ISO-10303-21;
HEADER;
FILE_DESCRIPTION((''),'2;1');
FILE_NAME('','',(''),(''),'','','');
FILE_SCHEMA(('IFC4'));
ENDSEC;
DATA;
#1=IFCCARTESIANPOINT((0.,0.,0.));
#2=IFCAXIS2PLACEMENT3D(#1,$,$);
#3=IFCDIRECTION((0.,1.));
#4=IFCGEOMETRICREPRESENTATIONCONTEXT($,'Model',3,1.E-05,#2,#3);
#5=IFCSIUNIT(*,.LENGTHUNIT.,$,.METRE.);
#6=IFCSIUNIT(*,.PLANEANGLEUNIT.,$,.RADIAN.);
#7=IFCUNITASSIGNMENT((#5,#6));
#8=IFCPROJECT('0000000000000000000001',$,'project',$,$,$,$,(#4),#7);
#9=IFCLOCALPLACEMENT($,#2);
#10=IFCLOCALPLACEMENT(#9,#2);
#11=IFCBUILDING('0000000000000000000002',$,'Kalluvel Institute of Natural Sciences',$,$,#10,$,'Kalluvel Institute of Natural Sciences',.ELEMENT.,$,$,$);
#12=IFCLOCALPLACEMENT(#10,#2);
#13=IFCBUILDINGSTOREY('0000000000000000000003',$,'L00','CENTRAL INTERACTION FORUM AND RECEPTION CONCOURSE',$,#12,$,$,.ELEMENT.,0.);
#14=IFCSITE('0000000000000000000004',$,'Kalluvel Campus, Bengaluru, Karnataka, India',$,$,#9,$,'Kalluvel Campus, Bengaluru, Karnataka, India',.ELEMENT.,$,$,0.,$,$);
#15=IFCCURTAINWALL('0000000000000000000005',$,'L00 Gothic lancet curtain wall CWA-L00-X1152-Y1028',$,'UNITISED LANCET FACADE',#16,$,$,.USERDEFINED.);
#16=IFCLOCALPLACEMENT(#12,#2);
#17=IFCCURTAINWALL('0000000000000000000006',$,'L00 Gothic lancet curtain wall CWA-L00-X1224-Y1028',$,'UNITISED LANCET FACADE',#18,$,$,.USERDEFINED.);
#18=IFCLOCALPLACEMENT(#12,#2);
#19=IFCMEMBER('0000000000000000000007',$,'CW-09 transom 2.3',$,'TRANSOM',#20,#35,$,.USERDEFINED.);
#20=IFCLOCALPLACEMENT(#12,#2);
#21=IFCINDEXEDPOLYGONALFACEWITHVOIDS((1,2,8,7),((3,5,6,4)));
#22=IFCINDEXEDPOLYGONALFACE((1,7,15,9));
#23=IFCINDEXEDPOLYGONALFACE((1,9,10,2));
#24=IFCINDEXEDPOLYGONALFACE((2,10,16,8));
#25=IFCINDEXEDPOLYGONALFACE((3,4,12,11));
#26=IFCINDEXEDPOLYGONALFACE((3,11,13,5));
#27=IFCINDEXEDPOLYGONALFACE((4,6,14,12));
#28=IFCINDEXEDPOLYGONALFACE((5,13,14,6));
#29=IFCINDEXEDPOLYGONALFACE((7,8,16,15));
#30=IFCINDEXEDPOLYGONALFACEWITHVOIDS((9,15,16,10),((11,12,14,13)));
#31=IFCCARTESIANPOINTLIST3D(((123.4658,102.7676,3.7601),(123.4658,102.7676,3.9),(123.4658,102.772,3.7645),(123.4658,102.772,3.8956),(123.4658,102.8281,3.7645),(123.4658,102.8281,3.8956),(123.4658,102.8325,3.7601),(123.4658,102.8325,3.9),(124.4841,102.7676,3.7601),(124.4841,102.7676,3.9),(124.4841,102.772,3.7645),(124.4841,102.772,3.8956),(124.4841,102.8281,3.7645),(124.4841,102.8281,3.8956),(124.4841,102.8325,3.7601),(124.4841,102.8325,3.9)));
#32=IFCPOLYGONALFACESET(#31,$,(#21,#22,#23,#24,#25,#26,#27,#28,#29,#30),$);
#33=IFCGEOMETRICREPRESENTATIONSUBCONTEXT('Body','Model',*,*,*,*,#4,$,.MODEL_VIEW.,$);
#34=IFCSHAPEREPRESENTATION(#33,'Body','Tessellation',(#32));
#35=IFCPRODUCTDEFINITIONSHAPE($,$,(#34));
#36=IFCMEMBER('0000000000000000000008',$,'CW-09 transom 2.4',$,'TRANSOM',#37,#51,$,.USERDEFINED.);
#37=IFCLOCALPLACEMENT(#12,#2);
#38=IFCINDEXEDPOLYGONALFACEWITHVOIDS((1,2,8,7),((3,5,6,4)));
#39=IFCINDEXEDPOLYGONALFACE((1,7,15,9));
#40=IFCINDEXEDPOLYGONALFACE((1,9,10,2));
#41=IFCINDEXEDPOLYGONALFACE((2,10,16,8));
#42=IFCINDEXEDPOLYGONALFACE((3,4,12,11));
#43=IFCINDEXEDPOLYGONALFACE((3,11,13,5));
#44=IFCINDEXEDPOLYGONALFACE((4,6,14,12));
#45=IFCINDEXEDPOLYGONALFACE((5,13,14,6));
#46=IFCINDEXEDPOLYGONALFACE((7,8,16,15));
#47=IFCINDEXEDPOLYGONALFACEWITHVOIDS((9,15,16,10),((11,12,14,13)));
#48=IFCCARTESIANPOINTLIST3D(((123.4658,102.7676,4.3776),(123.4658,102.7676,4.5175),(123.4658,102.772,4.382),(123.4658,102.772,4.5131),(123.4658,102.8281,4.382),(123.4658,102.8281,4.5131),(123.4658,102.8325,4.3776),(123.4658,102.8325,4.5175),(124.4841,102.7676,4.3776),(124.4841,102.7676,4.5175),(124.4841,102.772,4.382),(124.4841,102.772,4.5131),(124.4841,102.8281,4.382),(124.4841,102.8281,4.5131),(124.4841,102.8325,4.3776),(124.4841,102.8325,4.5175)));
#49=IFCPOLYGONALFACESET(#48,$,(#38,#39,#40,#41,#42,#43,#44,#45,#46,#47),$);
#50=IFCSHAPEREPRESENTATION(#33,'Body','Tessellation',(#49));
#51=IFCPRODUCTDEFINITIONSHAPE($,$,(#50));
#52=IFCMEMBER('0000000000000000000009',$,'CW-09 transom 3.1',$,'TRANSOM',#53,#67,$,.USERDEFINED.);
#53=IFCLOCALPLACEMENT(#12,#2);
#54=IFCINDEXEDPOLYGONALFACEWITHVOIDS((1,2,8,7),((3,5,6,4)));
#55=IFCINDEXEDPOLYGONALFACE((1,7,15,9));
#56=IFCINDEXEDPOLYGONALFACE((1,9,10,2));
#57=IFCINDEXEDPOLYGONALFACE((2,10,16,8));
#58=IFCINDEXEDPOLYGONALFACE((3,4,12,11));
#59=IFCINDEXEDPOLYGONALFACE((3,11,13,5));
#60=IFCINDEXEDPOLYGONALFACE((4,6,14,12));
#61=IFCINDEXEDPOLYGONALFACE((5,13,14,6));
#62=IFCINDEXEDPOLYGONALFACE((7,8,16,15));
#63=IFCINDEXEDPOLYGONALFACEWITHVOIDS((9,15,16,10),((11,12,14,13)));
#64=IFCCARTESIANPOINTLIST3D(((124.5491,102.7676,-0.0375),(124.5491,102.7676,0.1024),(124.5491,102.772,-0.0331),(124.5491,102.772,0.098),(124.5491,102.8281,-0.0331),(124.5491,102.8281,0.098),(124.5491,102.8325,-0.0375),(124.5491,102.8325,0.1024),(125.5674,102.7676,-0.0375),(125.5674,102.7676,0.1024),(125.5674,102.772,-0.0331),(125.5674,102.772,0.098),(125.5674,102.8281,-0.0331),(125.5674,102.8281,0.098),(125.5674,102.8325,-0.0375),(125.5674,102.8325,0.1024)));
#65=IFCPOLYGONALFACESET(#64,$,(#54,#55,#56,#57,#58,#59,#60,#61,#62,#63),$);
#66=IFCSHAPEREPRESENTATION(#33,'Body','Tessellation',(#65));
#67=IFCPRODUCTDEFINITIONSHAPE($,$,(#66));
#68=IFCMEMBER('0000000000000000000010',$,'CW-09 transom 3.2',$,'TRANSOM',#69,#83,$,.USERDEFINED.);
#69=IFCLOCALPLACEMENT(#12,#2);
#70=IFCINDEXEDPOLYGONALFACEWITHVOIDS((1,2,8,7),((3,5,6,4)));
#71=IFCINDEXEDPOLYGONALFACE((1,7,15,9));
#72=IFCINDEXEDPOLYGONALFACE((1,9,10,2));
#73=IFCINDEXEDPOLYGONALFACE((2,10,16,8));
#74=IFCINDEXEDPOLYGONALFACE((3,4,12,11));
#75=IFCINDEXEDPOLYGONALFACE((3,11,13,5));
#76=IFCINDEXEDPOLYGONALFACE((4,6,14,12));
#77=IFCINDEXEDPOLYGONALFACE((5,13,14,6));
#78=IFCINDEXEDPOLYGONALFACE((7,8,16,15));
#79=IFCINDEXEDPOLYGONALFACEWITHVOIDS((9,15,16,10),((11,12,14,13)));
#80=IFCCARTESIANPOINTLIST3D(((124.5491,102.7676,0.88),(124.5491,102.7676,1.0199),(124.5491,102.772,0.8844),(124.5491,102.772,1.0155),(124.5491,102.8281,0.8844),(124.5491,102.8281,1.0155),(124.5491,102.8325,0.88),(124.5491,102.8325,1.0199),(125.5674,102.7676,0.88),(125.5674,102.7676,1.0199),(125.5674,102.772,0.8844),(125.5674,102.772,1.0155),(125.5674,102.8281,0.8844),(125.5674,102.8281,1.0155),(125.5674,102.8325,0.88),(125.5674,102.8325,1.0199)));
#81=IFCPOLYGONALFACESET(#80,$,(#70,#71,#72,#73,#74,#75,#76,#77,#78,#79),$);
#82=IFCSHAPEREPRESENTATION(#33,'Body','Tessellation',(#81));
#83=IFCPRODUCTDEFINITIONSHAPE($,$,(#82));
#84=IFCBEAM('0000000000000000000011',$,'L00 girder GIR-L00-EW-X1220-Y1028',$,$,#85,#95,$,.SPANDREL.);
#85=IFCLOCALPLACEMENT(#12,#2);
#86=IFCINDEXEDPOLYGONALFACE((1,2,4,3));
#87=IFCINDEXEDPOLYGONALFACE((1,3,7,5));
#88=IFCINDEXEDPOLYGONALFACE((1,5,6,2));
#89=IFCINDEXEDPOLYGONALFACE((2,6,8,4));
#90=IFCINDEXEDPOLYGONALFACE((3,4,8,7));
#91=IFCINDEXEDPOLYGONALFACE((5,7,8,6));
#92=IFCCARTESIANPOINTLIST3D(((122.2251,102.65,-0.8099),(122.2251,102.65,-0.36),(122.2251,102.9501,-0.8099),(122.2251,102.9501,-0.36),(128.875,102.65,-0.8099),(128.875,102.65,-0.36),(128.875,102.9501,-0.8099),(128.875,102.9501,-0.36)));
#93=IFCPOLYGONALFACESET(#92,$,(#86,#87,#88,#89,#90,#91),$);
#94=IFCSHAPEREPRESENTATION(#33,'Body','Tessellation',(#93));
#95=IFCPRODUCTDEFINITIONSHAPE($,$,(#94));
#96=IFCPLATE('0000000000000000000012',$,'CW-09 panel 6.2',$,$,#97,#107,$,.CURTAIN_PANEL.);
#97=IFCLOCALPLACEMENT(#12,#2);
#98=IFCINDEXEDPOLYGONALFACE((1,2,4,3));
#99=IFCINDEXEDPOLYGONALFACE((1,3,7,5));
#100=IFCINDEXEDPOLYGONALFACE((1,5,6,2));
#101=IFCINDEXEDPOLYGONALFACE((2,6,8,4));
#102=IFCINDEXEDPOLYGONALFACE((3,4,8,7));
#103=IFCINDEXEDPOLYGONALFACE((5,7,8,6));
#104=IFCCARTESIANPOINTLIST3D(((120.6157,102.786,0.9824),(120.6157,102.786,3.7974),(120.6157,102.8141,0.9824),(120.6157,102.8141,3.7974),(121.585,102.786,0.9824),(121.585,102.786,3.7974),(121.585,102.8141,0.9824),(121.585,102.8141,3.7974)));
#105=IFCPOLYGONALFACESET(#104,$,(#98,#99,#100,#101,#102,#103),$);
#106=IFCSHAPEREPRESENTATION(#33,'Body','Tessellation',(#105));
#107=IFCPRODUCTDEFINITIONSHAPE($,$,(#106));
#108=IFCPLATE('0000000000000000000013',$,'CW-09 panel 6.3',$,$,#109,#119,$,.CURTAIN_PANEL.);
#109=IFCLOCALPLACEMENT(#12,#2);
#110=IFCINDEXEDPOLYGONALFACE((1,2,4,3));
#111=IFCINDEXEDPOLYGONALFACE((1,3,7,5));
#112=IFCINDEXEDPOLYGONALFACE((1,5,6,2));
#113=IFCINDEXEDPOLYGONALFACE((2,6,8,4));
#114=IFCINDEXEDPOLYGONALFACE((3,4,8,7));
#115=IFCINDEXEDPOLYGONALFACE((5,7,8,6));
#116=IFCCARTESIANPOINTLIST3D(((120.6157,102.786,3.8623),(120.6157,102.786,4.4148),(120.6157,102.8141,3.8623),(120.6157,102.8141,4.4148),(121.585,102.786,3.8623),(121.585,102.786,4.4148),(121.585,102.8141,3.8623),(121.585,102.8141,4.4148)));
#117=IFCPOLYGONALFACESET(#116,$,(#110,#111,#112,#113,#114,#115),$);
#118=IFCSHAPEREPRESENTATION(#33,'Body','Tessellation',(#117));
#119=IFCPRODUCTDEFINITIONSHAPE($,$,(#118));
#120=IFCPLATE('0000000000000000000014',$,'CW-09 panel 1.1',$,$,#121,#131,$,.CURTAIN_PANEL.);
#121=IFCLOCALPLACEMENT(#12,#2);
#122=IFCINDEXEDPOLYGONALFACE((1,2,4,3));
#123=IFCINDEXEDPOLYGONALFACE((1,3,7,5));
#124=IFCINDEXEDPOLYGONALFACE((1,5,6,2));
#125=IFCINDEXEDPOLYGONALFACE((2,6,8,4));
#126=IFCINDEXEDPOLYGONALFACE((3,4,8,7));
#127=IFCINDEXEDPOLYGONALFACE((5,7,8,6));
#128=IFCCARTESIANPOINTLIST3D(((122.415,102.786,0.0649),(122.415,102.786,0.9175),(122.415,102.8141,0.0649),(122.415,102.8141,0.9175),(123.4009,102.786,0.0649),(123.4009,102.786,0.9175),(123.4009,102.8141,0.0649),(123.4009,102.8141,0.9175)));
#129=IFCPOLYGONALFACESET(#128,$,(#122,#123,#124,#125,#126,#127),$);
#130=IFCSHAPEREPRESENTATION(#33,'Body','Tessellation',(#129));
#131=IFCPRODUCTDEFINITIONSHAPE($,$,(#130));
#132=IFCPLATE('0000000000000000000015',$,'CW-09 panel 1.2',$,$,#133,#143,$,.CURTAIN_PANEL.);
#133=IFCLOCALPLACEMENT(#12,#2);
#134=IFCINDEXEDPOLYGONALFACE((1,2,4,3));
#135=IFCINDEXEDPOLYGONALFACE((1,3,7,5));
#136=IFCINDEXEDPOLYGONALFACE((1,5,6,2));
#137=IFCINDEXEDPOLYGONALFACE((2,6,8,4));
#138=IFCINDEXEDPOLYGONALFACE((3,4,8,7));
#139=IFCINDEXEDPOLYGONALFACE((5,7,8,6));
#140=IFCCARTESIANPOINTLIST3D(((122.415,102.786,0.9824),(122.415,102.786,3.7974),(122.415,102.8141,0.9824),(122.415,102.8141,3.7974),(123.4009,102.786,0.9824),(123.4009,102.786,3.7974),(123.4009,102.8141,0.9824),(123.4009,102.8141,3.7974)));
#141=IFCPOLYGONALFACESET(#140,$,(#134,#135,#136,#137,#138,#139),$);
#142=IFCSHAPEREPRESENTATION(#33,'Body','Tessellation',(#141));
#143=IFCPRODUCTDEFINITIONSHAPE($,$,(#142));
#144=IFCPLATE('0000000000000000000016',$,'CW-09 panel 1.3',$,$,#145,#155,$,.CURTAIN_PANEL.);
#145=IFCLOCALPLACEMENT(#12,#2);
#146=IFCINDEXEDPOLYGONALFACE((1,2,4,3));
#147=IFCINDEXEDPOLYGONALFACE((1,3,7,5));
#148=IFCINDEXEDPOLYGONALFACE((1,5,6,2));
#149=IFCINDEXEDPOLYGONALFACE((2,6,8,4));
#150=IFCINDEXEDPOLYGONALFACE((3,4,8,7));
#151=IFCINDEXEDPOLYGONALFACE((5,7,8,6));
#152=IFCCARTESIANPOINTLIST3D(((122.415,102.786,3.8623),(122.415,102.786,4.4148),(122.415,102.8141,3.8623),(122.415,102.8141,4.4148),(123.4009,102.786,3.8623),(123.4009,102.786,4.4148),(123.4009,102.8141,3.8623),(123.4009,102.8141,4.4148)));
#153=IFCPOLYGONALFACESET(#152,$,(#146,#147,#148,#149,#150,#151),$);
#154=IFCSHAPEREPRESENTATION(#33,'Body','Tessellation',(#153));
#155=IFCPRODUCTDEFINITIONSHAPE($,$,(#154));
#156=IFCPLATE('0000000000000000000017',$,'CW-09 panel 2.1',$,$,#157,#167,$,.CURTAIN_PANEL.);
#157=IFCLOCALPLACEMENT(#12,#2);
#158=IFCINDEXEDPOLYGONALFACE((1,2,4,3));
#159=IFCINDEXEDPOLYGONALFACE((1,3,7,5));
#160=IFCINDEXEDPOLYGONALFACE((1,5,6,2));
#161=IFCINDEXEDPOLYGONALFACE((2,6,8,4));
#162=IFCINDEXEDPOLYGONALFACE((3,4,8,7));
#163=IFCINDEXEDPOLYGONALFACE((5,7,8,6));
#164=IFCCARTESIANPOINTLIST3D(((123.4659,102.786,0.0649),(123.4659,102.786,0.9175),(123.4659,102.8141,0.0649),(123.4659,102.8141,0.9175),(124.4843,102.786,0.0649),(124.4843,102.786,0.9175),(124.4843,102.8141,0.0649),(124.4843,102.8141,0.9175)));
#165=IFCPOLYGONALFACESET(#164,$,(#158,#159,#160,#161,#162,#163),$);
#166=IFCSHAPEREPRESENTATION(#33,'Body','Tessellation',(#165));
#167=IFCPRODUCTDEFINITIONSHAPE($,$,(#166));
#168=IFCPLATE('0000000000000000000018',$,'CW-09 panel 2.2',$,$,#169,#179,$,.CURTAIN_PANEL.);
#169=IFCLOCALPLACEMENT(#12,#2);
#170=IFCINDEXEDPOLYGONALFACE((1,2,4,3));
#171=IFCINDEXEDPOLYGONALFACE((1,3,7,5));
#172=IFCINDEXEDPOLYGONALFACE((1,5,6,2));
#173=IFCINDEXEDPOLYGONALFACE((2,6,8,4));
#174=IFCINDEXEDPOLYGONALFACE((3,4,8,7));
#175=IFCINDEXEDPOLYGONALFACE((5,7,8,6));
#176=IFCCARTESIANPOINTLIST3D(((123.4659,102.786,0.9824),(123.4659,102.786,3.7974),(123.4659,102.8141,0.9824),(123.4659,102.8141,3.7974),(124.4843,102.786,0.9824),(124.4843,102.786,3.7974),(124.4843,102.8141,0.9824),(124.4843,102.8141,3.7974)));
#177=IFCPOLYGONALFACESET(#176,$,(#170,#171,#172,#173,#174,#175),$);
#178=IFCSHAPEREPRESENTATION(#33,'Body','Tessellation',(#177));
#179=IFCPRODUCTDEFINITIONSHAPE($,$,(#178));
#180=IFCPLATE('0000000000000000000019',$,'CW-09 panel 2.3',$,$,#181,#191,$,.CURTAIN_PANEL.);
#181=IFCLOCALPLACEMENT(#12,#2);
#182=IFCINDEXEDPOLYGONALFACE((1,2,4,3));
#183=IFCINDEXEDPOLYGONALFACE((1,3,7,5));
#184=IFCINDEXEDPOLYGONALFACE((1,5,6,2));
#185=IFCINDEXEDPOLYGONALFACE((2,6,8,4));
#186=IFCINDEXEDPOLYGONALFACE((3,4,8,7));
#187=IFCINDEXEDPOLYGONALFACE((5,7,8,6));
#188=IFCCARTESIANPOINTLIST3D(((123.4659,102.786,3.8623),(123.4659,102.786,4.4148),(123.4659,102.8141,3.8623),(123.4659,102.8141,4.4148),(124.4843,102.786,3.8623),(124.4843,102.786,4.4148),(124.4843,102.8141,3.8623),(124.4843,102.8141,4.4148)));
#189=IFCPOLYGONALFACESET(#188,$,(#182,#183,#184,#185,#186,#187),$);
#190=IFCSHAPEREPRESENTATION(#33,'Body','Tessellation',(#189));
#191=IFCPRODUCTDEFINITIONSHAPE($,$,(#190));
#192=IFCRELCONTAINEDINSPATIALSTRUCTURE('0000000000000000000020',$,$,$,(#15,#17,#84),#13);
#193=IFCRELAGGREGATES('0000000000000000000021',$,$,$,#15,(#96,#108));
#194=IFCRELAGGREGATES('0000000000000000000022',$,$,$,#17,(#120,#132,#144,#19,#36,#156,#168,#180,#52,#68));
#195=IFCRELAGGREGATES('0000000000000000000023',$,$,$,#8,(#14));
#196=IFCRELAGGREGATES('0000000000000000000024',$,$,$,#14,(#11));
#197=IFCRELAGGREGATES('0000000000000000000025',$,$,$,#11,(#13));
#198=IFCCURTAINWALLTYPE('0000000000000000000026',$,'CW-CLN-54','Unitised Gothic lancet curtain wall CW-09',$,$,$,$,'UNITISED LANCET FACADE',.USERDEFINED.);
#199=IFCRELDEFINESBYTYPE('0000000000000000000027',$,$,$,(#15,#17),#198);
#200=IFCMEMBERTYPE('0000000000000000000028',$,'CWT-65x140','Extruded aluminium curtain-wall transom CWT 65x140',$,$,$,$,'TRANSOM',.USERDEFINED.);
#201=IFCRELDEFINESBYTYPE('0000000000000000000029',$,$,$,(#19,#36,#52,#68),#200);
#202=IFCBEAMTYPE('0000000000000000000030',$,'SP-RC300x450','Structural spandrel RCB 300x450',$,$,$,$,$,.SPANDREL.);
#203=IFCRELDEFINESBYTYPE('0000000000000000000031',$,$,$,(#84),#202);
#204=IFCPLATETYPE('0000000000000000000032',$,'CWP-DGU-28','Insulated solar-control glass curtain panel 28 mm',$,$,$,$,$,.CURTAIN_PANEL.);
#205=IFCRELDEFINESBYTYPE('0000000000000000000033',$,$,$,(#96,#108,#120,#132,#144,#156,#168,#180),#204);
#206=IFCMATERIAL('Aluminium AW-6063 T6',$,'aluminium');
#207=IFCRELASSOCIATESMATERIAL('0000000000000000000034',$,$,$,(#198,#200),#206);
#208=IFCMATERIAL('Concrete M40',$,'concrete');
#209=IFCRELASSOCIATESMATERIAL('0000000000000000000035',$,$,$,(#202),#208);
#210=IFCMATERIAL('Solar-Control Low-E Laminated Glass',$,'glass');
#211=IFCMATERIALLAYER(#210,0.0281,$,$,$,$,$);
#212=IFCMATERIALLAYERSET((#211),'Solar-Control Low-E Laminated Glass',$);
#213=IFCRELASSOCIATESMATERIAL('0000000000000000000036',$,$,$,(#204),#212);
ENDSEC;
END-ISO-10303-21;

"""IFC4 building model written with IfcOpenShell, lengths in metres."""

from ifc_helpers import new_model, si_unit, direction, frame, origin, origin_2d, place, context, subcontext, project, spatial, rectangle, hollow_rectangle, extrude, material, layer, layer_set, material_profile, profile_set, type_object, element, aggregate, save


model = new_model("IFC4")

# Units and contexts
model_context = context("Model", 3, precision=1e-05, world=origin(), true_north=direction((0.0, 1.0)))
body_context = subcontext(model_context, "Body", "Model", "MODEL_VIEW")
ifc_project = project(units=[si_unit("LENGTHUNIT", "METRE"), si_unit("PLANEANGLEUNIT", "RADIAN")], contexts=[model_context])

# Site, building, storey
site_placement = place(None, origin())
site = spatial("IfcSite", under=ifc_project, at=site_placement, Name="Kalluvel Campus, Bengaluru, Karnataka, India", LongName="Kalluvel Campus, Bengaluru, Karnataka, India", CompositionType="ELEMENT", RefElevation=0.0)
building_placement = place(site_placement, origin())
building = spatial("IfcBuilding", under=site, at=building_placement, Name="Kalluvel Institute of Natural Sciences", LongName="Kalluvel Institute of Natural Sciences", CompositionType="ELEMENT")
storey_placement = place(building_placement, origin())
storey = spatial("IfcBuildingStorey", under=building, at=storey_placement, Name="L00", Description="CENTRAL INTERACTION FORUM AND RECEPTION CONCOURSE", CompositionType="ELEMENT", Elevation=0.0)

# Shared definitions
ifc_material_1 = material(Name="Concrete M40", Category="concrete")

# Curtain wall
ifc_material_2 = material(Name="Aluminium AW-6063 T6", Category="aluminium")
curtain_wall_type = type_object("IfcCurtainWallType", Name="CW-CLN-54", Description="Unitised Gothic lancet curtain wall CW-09", ElementType="UNITISED LANCET FACADE", PredefinedType="USERDEFINED", material=ifc_material_2)
curtain_wall_1_placement = place(storey_placement, origin())
curtain_wall_1 = element("IfcCurtainWall", 1, at=curtain_wall_1_placement, inside=storey, type_object=curtain_wall_type, Name="L00 Gothic lancet curtain wall CWA-L00-X1152-Y1028", ObjectType="UNITISED LANCET FACADE", PredefinedType="USERDEFINED")

# Curtain wall, members
curtain_wall_2_placement = place(storey_placement, origin())
curtain_wall_2 = element("IfcCurtainWall", 2, at=curtain_wall_2_placement, inside=storey, type_object=curtain_wall_type, Name="L00 Gothic lancet curtain wall CWA-L00-X1224-Y1028", ObjectType="UNITISED LANCET FACADE", PredefinedType="USERDEFINED")
ifc_material_profile_1 = material_profile(ifc_material_2, hollow_rectangle(XDim=0.0649, YDim=0.1399, WallThickness=0.0044, at=origin_2d()), Name="CWT 65x140")
ifc_profile_set_1 = profile_set([ifc_material_profile_1], Name="Aluminium AW-6063 T6")
member_type_1 = type_object("IfcMemberType", Name="CWT-65x140", Description="Extruded aluminium curtain-wall transom CWT 65x140", ElementType="TRANSOM", PredefinedType="USERDEFINED", material=ifc_profile_set_1)
member_1_placement = place(storey_placement, frame((123.4658, 102.8, 3.8301), z_axis=(1.0, 0.0, 0.0), x_axis=(0.0, 1.0, 0.0)))
member_1 = element("IfcMember", 3, at=member_1_placement, type_object=member_type_1, Name="CW-09 transom 2.3", ObjectType="TRANSOM", PredefinedType="USERDEFINED", context=body_context, shape_type="SweptSolid", body=[
    extrude(hollow_rectangle(XDim=0.0649, YDim=0.1399, WallThickness=0.0044, at=origin_2d()), origin(), (0.0, 0.0, 1.0), 1.0183),
])
member_2_placement = place(storey_placement, frame((123.4658, 102.8, 4.4475), z_axis=(1.0, 0.0, 0.0), x_axis=(0.0, 1.0, 0.0)))
member_2 = element("IfcMember", 4, at=member_2_placement, type_object=member_type_1, Name="CW-09 transom 2.4", ObjectType="TRANSOM", PredefinedType="USERDEFINED", context=body_context, shape_type="SweptSolid", body=[
    extrude(hollow_rectangle(XDim=0.0649, YDim=0.1399, WallThickness=0.0044, at=origin_2d()), origin(), (0.0, 0.0, 1.0), 1.0183),
])
member_3_placement = place(storey_placement, frame((124.5491, 102.8, 0.0325), z_axis=(1.0, 0.0, 0.0), x_axis=(0.0, 1.0, 0.0)))
member_3 = element("IfcMember", 5, at=member_3_placement, type_object=member_type_1, Name="CW-09 transom 3.1", ObjectType="TRANSOM", PredefinedType="USERDEFINED", context=body_context, shape_type="SweptSolid", body=[
    extrude(hollow_rectangle(XDim=0.0649, YDim=0.1399, WallThickness=0.0044, at=origin_2d()), origin(), (0.0, 0.0, 1.0), 1.0183),
])
member_4_placement = place(storey_placement, frame((124.5491, 102.8, 0.95), z_axis=(1.0, 0.0, 0.0), x_axis=(0.0, 1.0, 0.0)))
member_4 = element("IfcMember", 6, at=member_4_placement, type_object=member_type_1, Name="CW-09 transom 3.2", ObjectType="TRANSOM", PredefinedType="USERDEFINED", context=body_context, shape_type="SweptSolid", body=[
    extrude(hollow_rectangle(XDim=0.0649, YDim=0.1399, WallThickness=0.0044, at=origin_2d()), origin(), (0.0, 0.0, 1.0), 1.0183),
])

# Beam
ifc_material_profile_2 = material_profile(ifc_material_1, rectangle(XDim=0.3, YDim=0.45, at=origin_2d()), Name="RCB 300x450")
ifc_profile_set_2 = profile_set([ifc_material_profile_2], Name="Concrete M40")
beam_type = type_object("IfcBeamType", Name="SP-RC300x450", Description="Structural spandrel RCB 300x450", PredefinedType="SPANDREL", material=ifc_profile_set_2)
beam_placement = place(storey_placement, frame((122.2251, 102.8, -0.585), z_axis=(1.0, 0.0, 0.0), x_axis=(0.0, 1.0, 0.0)))
element("IfcBeam", 7, at=beam_placement, inside=storey, type_object=beam_type, Name="L00 girder GIR-L00-EW-X1220-Y1028", PredefinedType="SPANDREL", context=body_context, shape_type="SweptSolid", body=[
    extrude(rectangle(XDim=0.3, YDim=0.45, at=origin_2d()), origin(), (0.0, 0.0, 1.0), 6.6499),
])

# Plates
ifc_material_3 = material(Name="Solar-Control Low-E Laminated Glass", Category="glass")
ifc_layer = layer(ifc_material_3, 0.0281)
ifc_layer_set = layer_set([ifc_layer], Name="Solar-Control Low-E Laminated Glass")
plate_type = type_object("IfcPlateType", Name="CWP-DGU-28", Description="Insulated solar-control glass curtain panel 28 mm", PredefinedType="CURTAIN_PANEL", material=ifc_layer_set)
plate_1_placement = place(storey_placement, frame((121.1003, 102.8, 0.9824), z_axis=(0.0, 0.0, 1.0), x_axis=(1.0, 0.0, 0.0)))
plate_1 = element("IfcPlate", 8, at=plate_1_placement, type_object=plate_type, Name="CW-09 panel 6.2", PredefinedType="CURTAIN_PANEL", context=body_context, shape_type="SweptSolid", body=[
    extrude(rectangle(XDim=0.9692, YDim=0.0281, at=origin_2d()), origin(), (0.0, 0.0, 1.0), 2.8149),
])
plate_2_placement = place(storey_placement, frame((121.1003, 102.8, 3.8623), z_axis=(0.0, 0.0, 1.0), x_axis=(1.0, 0.0, 0.0)))
plate_2 = element("IfcPlate", 9, at=plate_2_placement, type_object=plate_type, Name="CW-09 panel 6.3", PredefinedType="CURTAIN_PANEL", context=body_context, shape_type="SweptSolid", body=[
    extrude(rectangle(XDim=0.9692, YDim=0.0281, at=origin_2d()), origin(), (0.0, 0.0, 1.0), 0.5525),
])
aggregate(curtain_wall_1, [plate_1, plate_2])
plate_3_placement = place(storey_placement, frame((122.908, 102.8, 0.0649), z_axis=(0.0, 0.0, 1.0), x_axis=(1.0, 0.0, 0.0)))
plate_3 = element("IfcPlate", 10, at=plate_3_placement, type_object=plate_type, Name="CW-09 panel 1.1", PredefinedType="CURTAIN_PANEL", context=body_context, shape_type="SweptSolid", body=[
    extrude(rectangle(XDim=0.9858, YDim=0.0281, at=origin_2d()), origin(), (0.0, 0.0, 1.0), 0.8525),
])
plate_4_placement = place(storey_placement, frame((122.908, 102.8, 0.9824), z_axis=(0.0, 0.0, 1.0), x_axis=(1.0, 0.0, 0.0)))
plate_4 = element("IfcPlate", 11, at=plate_4_placement, type_object=plate_type, Name="CW-09 panel 1.2", PredefinedType="CURTAIN_PANEL", context=body_context, shape_type="SweptSolid", body=[
    extrude(rectangle(XDim=0.9858, YDim=0.0281, at=origin_2d()), origin(), (0.0, 0.0, 1.0), 2.8149),
])
plate_5_placement = place(storey_placement, frame((122.908, 102.8, 3.8623), z_axis=(0.0, 0.0, 1.0), x_axis=(1.0, 0.0, 0.0)))
plate_5 = element("IfcPlate", 12, at=plate_5_placement, type_object=plate_type, Name="CW-09 panel 1.3", PredefinedType="CURTAIN_PANEL", context=body_context, shape_type="SweptSolid", body=[
    extrude(rectangle(XDim=0.9858, YDim=0.0281, at=origin_2d()), origin(), (0.0, 0.0, 1.0), 0.5525),
])
plate_6_placement = place(storey_placement, frame((123.9751, 102.8, 0.0649), z_axis=(0.0, 0.0, 1.0), x_axis=(1.0, 0.0, 0.0)))
plate_6 = element("IfcPlate", 13, at=plate_6_placement, type_object=plate_type, Name="CW-09 panel 2.1", PredefinedType="CURTAIN_PANEL", context=body_context, shape_type="SweptSolid", body=[
    extrude(rectangle(XDim=1.0183, YDim=0.0281, at=origin_2d()), origin(), (0.0, 0.0, 1.0), 0.8525),
])
plate_7_placement = place(storey_placement, frame((123.9751, 102.8, 0.9824), z_axis=(0.0, 0.0, 1.0), x_axis=(1.0, 0.0, 0.0)))
plate_7 = element("IfcPlate", 14, at=plate_7_placement, type_object=plate_type, Name="CW-09 panel 2.2", PredefinedType="CURTAIN_PANEL", context=body_context, shape_type="SweptSolid", body=[
    extrude(rectangle(XDim=1.0183, YDim=0.0281, at=origin_2d()), origin(), (0.0, 0.0, 1.0), 2.8149),
])
plate_8_placement = place(storey_placement, frame((123.9751, 102.8, 3.8623), z_axis=(0.0, 0.0, 1.0), x_axis=(1.0, 0.0, 0.0)))
plate_8 = element("IfcPlate", 15, at=plate_8_placement, type_object=plate_type, Name="CW-09 panel 2.3", PredefinedType="CURTAIN_PANEL", context=body_context, shape_type="SweptSolid", body=[
    extrude(rectangle(XDim=1.0183, YDim=0.0281, at=origin_2d()), origin(), (0.0, 0.0, 1.0), 0.5525),
])
aggregate(curtain_wall_2, [plate_3, plate_4, plate_5, member_1, member_2, plate_6, plate_7, plate_8, member_3, member_4])

save(model, "model.ifc")
